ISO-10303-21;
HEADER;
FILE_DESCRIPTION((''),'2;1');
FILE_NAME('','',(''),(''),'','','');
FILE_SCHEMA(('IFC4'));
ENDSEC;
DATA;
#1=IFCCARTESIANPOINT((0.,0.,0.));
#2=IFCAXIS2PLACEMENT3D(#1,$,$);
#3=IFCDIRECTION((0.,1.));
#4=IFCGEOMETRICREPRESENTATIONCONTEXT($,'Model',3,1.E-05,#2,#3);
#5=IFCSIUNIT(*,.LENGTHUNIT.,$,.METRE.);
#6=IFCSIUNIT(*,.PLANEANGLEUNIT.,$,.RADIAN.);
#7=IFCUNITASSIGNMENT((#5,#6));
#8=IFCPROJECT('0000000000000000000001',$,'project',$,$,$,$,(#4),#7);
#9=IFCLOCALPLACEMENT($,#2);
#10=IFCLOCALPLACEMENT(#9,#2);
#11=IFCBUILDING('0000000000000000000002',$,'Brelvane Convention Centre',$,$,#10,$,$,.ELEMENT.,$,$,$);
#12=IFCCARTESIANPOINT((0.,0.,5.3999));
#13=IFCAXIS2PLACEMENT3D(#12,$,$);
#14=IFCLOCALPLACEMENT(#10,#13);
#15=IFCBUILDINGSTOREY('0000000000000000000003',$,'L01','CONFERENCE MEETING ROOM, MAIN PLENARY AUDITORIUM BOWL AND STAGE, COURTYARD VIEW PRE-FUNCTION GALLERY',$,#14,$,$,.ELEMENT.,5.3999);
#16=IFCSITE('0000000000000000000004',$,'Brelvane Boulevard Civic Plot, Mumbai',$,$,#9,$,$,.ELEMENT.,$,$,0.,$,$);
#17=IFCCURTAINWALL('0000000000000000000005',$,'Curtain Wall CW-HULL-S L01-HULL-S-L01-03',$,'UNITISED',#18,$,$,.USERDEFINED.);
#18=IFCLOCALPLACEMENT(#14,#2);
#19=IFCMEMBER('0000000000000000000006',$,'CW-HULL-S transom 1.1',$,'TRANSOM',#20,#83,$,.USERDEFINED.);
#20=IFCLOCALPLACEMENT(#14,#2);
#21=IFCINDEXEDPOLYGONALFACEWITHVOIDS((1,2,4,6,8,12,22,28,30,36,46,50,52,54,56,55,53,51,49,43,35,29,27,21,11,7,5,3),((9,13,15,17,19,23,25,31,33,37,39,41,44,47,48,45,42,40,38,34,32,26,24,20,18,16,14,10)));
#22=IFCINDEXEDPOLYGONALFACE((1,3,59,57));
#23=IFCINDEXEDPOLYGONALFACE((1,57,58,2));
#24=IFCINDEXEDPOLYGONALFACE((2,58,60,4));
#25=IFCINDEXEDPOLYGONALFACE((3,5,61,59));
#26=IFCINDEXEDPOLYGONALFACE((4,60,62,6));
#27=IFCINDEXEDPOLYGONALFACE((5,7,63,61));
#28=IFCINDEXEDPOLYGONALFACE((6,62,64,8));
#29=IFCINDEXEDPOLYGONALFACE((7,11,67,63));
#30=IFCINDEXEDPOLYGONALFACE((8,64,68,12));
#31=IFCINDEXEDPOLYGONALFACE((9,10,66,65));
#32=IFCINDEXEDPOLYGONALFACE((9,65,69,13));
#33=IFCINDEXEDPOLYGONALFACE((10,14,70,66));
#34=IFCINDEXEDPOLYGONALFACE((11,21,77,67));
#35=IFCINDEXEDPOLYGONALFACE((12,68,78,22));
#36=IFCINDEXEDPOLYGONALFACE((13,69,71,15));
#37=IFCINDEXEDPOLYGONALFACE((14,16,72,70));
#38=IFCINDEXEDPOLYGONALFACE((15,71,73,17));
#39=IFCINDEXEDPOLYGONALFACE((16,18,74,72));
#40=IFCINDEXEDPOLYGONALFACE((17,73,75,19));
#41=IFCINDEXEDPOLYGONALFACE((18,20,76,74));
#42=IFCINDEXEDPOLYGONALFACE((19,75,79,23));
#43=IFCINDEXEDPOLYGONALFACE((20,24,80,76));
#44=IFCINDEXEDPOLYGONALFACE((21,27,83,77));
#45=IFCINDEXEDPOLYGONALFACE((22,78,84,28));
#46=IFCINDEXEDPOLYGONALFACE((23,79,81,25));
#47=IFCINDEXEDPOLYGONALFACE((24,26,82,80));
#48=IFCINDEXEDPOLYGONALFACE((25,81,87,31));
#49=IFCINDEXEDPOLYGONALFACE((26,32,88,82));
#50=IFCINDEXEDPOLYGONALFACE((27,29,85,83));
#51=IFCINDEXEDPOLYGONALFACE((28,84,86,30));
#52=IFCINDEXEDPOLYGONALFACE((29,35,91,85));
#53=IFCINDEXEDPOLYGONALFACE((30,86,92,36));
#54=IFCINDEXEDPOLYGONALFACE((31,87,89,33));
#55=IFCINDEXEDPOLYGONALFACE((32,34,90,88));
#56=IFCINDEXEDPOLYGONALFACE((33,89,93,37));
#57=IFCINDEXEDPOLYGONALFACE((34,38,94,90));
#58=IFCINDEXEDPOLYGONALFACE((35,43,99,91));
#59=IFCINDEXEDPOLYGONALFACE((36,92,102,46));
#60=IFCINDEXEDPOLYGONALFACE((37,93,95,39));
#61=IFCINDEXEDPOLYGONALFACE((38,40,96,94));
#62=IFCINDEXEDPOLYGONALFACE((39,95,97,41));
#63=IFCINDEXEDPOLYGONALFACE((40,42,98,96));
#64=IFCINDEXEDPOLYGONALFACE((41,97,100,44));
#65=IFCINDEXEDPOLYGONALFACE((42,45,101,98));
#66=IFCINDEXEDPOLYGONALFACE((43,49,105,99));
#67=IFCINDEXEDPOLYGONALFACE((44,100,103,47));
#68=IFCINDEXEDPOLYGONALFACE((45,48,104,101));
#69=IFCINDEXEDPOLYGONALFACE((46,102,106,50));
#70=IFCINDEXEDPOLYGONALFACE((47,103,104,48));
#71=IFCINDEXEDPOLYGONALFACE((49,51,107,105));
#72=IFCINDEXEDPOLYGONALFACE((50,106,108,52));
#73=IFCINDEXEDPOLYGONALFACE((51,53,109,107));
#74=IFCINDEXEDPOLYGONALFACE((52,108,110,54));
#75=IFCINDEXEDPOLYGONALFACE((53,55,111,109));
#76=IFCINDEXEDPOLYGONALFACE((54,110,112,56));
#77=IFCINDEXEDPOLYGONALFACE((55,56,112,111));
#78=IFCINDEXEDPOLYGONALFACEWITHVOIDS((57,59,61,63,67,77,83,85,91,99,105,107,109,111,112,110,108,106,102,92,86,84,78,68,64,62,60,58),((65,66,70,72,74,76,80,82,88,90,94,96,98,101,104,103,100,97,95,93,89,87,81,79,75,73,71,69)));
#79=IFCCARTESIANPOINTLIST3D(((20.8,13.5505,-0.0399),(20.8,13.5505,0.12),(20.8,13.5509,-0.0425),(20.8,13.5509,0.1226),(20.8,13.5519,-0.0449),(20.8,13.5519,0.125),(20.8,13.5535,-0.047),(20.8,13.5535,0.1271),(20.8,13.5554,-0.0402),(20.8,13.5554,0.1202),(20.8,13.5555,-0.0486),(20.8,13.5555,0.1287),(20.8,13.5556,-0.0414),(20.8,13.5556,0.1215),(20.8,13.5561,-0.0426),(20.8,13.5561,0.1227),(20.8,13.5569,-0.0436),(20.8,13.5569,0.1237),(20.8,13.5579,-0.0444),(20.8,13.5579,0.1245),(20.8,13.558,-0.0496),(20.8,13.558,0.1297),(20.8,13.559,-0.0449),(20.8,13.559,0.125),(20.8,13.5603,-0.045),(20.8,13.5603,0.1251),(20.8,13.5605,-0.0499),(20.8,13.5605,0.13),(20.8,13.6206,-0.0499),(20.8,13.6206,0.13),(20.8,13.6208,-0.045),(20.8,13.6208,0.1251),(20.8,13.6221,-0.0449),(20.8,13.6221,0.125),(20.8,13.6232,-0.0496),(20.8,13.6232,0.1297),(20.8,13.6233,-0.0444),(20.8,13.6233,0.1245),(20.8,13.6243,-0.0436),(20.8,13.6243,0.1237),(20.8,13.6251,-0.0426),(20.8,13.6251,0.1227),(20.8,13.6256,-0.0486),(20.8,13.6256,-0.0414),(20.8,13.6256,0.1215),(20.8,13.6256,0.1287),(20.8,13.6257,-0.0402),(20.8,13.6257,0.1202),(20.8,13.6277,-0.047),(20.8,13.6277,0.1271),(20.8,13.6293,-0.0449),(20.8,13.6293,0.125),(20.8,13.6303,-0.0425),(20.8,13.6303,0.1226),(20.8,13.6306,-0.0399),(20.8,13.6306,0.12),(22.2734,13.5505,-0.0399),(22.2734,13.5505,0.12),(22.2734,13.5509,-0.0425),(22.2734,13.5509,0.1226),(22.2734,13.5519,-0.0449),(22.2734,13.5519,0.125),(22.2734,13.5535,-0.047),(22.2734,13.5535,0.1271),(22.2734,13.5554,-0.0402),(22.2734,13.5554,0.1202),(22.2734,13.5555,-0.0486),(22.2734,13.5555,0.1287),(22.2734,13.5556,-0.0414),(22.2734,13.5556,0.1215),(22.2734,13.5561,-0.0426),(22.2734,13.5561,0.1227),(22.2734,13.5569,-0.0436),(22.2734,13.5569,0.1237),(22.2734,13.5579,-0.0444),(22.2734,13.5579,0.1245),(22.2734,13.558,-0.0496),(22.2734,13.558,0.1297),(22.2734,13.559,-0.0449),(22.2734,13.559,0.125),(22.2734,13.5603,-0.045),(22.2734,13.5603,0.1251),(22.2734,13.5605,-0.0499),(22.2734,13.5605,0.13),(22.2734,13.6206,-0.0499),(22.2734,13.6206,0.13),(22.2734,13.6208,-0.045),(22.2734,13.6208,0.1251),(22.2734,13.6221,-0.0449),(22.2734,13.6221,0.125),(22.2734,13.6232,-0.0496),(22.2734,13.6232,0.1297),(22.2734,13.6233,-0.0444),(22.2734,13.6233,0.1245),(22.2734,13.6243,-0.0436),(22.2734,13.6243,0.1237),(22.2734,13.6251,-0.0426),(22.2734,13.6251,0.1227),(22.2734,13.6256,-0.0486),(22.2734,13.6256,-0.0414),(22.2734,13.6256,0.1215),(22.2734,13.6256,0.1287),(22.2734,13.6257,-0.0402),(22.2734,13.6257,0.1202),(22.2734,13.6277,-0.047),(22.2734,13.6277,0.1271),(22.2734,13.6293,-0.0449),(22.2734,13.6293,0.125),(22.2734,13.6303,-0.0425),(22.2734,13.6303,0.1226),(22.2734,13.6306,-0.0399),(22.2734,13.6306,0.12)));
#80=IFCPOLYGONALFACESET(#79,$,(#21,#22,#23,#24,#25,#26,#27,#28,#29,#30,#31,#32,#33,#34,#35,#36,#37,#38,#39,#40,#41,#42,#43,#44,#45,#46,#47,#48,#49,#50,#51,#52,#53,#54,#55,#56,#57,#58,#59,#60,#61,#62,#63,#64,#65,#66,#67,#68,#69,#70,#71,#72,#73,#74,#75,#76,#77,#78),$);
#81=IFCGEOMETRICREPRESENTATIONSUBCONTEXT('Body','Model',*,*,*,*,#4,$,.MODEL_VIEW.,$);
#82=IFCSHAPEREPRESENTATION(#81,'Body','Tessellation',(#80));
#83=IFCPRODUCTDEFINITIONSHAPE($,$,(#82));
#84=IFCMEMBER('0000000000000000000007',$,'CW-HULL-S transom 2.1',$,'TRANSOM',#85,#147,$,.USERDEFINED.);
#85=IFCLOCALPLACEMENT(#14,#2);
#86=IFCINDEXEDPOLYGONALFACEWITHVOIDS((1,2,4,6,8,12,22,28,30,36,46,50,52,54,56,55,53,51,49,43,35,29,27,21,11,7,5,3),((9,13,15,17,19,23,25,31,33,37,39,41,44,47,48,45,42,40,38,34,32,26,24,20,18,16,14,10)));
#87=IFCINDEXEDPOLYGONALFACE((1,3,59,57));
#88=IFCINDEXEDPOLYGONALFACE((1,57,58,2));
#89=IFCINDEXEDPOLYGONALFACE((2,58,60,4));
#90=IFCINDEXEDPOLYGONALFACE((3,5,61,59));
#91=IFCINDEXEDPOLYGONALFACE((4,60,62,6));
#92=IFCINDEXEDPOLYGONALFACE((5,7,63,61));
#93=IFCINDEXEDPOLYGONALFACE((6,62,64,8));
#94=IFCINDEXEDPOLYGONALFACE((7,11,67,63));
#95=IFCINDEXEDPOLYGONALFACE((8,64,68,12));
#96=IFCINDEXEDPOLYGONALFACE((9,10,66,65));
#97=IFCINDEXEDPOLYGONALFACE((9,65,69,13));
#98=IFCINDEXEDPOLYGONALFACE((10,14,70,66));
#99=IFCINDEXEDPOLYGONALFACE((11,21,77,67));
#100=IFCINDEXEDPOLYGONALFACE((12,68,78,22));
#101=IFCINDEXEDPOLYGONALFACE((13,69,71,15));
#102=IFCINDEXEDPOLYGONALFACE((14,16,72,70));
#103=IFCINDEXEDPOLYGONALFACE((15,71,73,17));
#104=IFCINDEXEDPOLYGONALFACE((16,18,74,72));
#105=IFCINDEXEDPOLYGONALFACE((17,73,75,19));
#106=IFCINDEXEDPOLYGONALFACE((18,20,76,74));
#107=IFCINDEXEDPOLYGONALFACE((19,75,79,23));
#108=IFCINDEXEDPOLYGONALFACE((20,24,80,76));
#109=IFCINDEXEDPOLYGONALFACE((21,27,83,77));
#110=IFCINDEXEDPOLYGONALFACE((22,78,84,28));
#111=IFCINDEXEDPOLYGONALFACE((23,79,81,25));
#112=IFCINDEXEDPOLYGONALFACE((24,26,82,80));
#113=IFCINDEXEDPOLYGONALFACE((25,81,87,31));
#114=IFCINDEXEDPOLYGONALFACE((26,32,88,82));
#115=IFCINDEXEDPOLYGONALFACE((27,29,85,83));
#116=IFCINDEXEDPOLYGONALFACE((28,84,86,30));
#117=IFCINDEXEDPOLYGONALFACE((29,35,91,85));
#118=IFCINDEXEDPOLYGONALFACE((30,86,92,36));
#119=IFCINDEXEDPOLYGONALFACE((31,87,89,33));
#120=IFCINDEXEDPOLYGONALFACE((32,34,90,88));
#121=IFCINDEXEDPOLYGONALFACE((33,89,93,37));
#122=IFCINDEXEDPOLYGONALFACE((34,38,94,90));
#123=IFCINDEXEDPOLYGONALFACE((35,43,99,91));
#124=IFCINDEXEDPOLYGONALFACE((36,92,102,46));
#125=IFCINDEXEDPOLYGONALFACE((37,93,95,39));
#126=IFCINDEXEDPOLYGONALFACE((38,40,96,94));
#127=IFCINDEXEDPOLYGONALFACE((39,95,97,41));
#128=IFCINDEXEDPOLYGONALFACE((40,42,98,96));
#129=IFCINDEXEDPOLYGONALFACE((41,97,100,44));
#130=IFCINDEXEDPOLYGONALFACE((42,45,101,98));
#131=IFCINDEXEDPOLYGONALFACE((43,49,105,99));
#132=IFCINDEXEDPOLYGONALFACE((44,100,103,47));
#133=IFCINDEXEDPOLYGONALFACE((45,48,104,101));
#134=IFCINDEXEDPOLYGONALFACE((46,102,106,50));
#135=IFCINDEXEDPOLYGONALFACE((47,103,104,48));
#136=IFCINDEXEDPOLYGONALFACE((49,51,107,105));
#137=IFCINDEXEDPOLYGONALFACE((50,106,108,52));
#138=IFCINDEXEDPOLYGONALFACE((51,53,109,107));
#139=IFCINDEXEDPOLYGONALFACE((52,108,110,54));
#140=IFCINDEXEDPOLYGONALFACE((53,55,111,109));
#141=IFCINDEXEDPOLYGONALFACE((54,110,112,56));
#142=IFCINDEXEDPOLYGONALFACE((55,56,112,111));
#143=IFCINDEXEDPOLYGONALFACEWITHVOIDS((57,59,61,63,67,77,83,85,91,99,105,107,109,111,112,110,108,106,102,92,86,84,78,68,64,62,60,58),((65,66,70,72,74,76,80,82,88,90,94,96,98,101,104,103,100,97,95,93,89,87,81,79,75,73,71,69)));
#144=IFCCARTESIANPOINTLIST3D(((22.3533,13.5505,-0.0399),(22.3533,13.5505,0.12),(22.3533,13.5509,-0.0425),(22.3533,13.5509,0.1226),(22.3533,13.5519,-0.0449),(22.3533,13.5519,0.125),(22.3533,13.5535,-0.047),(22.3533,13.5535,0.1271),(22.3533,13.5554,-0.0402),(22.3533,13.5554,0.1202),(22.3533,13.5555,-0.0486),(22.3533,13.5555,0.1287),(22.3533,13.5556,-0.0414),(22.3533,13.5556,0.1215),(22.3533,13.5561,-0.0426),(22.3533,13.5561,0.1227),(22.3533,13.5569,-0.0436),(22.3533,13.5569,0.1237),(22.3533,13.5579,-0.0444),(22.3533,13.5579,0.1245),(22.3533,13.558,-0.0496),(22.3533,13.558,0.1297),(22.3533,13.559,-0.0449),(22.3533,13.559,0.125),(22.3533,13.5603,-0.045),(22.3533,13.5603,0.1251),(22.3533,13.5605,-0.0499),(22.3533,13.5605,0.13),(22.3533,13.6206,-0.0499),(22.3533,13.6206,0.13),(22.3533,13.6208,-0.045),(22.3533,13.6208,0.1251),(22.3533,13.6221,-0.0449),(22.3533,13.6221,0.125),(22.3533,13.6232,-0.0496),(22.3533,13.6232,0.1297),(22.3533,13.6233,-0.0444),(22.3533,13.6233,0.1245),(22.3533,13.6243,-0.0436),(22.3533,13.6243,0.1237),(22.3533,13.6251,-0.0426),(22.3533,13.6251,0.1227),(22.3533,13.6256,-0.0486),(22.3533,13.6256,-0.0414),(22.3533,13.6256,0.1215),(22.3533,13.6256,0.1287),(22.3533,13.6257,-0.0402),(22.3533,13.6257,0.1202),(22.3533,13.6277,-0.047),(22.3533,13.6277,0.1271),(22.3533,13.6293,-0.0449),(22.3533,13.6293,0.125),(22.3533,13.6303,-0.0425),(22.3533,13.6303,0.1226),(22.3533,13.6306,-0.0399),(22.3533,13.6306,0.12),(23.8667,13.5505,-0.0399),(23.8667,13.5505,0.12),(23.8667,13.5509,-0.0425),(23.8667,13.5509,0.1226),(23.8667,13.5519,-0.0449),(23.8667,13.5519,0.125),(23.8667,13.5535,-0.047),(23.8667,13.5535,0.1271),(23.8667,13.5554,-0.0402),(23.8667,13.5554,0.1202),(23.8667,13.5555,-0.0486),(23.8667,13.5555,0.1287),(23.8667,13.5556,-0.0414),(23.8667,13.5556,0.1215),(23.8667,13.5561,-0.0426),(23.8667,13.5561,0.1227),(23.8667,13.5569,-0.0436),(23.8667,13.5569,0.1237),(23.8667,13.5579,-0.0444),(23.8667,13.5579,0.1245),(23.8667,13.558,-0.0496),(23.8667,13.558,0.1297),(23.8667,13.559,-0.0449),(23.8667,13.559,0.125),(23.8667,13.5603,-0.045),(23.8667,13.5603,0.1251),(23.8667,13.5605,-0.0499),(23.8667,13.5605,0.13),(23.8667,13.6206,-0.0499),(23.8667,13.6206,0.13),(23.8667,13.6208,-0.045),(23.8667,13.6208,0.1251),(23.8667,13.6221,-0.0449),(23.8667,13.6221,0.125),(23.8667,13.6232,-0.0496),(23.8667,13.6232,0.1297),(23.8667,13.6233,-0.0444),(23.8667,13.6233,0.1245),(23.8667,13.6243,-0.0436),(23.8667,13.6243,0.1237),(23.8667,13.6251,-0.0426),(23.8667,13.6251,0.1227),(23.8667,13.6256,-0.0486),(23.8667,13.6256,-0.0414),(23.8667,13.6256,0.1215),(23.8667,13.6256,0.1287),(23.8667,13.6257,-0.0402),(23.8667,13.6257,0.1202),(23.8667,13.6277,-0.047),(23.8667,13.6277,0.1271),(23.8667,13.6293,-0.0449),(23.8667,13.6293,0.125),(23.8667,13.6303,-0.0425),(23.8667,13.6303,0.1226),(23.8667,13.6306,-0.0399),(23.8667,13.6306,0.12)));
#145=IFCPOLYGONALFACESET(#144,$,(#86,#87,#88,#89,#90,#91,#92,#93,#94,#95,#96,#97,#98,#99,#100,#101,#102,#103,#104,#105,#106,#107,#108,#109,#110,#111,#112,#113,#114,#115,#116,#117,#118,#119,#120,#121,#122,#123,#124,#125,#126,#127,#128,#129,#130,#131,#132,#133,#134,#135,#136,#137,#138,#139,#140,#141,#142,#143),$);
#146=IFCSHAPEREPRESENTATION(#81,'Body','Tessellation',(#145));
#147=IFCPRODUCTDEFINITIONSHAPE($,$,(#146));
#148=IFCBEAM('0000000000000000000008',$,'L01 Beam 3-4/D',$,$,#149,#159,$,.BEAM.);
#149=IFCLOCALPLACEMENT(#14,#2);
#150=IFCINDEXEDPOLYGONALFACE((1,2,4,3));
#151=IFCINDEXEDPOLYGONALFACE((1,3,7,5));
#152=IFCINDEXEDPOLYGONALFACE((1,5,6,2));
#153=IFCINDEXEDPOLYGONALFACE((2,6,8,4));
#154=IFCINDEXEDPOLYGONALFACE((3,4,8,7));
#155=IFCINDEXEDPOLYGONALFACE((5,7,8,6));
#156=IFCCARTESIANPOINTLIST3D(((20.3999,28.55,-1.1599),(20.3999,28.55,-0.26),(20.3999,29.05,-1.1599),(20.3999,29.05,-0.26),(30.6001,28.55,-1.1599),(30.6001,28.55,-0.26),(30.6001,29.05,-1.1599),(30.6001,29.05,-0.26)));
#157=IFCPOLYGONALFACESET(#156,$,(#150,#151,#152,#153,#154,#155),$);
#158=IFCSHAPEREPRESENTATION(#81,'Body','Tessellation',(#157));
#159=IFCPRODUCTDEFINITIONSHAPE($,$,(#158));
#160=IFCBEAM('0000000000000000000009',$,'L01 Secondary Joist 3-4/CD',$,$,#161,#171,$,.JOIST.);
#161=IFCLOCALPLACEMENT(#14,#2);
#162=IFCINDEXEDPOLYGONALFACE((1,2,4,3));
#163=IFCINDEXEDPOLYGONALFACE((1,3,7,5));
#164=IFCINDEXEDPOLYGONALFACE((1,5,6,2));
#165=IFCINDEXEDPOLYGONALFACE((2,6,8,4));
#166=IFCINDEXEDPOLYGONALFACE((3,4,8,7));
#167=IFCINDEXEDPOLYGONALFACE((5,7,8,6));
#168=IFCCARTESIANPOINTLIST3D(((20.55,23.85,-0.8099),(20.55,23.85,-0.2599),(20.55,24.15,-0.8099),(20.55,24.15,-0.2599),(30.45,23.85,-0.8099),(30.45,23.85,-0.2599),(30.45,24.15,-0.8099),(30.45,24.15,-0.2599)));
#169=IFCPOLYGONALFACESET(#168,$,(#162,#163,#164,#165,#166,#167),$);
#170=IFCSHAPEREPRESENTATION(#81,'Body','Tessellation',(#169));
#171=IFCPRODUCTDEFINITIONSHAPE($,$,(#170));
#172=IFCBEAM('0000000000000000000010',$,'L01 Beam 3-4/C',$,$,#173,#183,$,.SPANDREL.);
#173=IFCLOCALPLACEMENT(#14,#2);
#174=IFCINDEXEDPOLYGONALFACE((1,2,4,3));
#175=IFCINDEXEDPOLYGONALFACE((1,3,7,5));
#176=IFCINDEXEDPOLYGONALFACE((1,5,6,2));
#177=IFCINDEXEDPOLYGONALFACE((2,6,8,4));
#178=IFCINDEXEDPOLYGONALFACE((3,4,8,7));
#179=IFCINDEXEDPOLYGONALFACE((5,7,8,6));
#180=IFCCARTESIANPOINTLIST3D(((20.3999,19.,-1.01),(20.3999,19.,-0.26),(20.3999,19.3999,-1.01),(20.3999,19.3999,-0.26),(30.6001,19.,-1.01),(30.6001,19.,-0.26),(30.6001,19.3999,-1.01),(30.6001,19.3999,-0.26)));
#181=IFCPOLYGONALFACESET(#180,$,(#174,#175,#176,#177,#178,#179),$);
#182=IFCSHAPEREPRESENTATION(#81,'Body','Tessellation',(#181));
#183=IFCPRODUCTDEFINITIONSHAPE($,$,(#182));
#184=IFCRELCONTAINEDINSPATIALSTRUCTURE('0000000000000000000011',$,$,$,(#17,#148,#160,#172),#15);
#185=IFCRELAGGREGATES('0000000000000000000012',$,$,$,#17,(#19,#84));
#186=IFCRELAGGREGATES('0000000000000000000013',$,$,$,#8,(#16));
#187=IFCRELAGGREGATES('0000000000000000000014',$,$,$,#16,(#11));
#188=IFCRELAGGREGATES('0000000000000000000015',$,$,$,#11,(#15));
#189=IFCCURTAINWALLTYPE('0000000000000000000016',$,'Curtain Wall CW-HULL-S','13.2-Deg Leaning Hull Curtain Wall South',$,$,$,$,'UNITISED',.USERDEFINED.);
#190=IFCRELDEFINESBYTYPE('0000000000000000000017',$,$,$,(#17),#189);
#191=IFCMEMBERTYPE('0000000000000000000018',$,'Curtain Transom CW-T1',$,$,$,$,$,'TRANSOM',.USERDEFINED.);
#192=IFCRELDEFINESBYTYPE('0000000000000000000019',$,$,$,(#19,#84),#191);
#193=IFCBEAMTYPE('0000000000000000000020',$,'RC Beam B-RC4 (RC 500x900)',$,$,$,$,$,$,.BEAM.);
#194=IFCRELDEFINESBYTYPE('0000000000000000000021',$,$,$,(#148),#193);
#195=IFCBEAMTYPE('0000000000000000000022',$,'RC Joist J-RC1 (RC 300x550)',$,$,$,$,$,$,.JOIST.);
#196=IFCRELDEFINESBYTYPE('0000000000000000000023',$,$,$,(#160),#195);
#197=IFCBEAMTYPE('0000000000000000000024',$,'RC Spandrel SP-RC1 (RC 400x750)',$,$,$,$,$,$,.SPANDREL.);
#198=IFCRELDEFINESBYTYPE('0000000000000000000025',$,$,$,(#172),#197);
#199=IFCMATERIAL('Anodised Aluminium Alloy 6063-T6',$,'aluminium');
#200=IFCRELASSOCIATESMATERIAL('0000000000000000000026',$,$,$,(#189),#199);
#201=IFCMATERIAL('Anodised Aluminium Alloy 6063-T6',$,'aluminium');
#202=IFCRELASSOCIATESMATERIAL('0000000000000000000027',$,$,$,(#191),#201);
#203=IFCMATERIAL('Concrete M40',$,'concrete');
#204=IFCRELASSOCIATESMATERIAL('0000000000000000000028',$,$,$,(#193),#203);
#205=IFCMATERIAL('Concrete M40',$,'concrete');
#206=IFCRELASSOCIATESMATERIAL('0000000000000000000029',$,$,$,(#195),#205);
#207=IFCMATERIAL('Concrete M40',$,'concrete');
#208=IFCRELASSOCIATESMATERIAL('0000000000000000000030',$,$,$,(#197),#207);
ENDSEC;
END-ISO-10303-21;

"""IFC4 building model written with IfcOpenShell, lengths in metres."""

from ifc_helpers import new_model, si_unit, direction, frame, origin, origin_2d, place, context, subcontext, project, spatial, rectangle, hollow_rectangle, extrude, material, material_profile, profile_set, type_object, element, aggregate, save


model = new_model("IFC4")

# Units and contexts
model_context = context("Model", 3, precision=1e-05, world=origin(), true_north=direction((0.0, 1.0)))
body_context = subcontext(model_context, "Body", "Model", "MODEL_VIEW")
ifc_project = project(units=[si_unit("LENGTHUNIT", "METRE"), si_unit("PLANEANGLEUNIT", "RADIAN")], contexts=[model_context])

# Site, building, storey
site_placement = place(None, origin())
site = spatial("IfcSite", under=ifc_project, at=site_placement, Name="Brelvane Boulevard Civic Plot, Mumbai", CompositionType="ELEMENT", RefElevation=0.0)
building_placement = place(site_placement, origin())
building = spatial("IfcBuilding", under=site, at=building_placement, Name="Brelvane Convention Centre", CompositionType="ELEMENT")
storey_placement = place(building_placement, frame((0.0, 0.0, 5.3999)))
storey = spatial("IfcBuildingStorey", under=building, at=storey_placement, Name="L01", Description="CONFERENCE MEETING ROOM, MAIN PLENARY AUDITORIUM BOWL AND STAGE, COURTYARD VIEW PRE-FUNCTION GALLERY", CompositionType="ELEMENT", Elevation=5.3999)

# Curtain wall
ifc_material_1 = material(Name="Anodised Aluminium Alloy 6063-T6", Category="aluminium")
curtain_wall_type = type_object("IfcCurtainWallType", Name="Curtain Wall CW-HULL-S", Description="13.2-Deg Leaning Hull Curtain Wall South", ElementType="UNITISED", PredefinedType="USERDEFINED", material=ifc_material_1)
curtain_wall_1_placement = place(storey_placement, origin())
curtain_wall_1 = element("IfcCurtainWall", 1, at=curtain_wall_1_placement, inside=storey, type_object=curtain_wall_type, Name="Curtain Wall CW-HULL-S L01-HULL-S-L01-03", ObjectType="UNITISED", PredefinedType="USERDEFINED")

# Members
ifc_material_2 = material(Name="Anodised Aluminium Alloy 6063-T6", Category="aluminium")
ifc_material_profile_1 = material_profile(ifc_material_2, hollow_rectangle(XDim=0.0801, YDim=0.1799, WallThickness=0.0049, InnerFilletRadius=0.0049, OuterFilletRadius=0.01, at=origin_2d()), Name="ALU-T 180x80x5.0")
ifc_profile_set_1 = profile_set([ifc_material_profile_1], Name="Anodised Aluminium Alloy 6063-T6")
member_type_1 = type_object("IfcMemberType", Name="Curtain Transom CW-T1", ElementType="TRANSOM", PredefinedType="USERDEFINED", material=ifc_profile_set_1)
member_1_placement = place(storey_placement, frame((20.8, 13.5906, 0.04), z_axis=(1.0, 0.0, 0.0), x_axis=(0.0, 1.0, 0.0)))
member_1 = element("IfcMember", 2, at=member_1_placement, type_object=member_type_1, Name="CW-HULL-S transom 1.1", ObjectType="TRANSOM", PredefinedType="USERDEFINED", context=body_context, shape_type="SweptSolid", body=[
    extrude(hollow_rectangle(XDim=0.0801, YDim=0.1799, WallThickness=0.0049, InnerFilletRadius=0.0049, OuterFilletRadius=0.01, at=origin_2d()), origin(), (0.0, 0.0, 1.0), 1.4734),
])
member_2_placement = place(storey_placement, frame((22.3533, 13.5906, 0.04), z_axis=(1.0, 0.0, 0.0), x_axis=(0.0, 1.0, 0.0)))
member_2 = element("IfcMember", 3, at=member_2_placement, type_object=member_type_1, Name="CW-HULL-S transom 2.1", ObjectType="TRANSOM", PredefinedType="USERDEFINED", context=body_context, shape_type="SweptSolid", body=[
    extrude(hollow_rectangle(XDim=0.0801, YDim=0.1799, WallThickness=0.0049, InnerFilletRadius=0.0049, OuterFilletRadius=0.01, at=origin_2d()), origin(), (0.0, 0.0, 1.0), 1.5134),
])

# Beams
ifc_material_3 = material(Name="Concrete M40", Category="concrete")
ifc_material_profile_2 = material_profile(ifc_material_3, rectangle(XDim=0.5, YDim=0.8999, at=origin_2d()), Name="RC 500x900")
ifc_profile_set_2 = profile_set([ifc_material_profile_2], Name="Concrete M40")
beam_type_1 = type_object("IfcBeamType", Name="RC Beam B-RC4 (RC 500x900)", PredefinedType="BEAM", material=ifc_profile_set_2)
beam_1_placement = place(storey_placement, frame((20.3999, 28.8, -0.71), z_axis=(1.0, 0.0, 0.0), x_axis=(0.0, 1.0, 0.0)))
element("IfcBeam", 4, at=beam_1_placement, inside=storey, type_object=beam_type_1, Name="L01 Beam 3-4/D", PredefinedType="BEAM", context=body_context, shape_type="SweptSolid", body=[
    extrude(rectangle(XDim=0.5, YDim=0.8999, at=origin_2d()), origin(), (0.0, 0.0, 1.0), 10.2002),
])
ifc_material_4 = material(Name="Concrete M40", Category="concrete")
ifc_material_profile_3 = material_profile(ifc_material_4, rectangle(XDim=0.3, YDim=0.55, at=origin_2d()), Name="RC 300x550")
ifc_profile_set_3 = profile_set([ifc_material_profile_3], Name="Concrete M40")
beam_type_2 = type_object("IfcBeamType", Name="RC Joist J-RC1 (RC 300x550)", PredefinedType="JOIST", material=ifc_profile_set_3)
beam_2_placement = place(storey_placement, frame((20.55, 24.0, -0.5349), z_axis=(1.0, 0.0, 0.0), x_axis=(0.0, 1.0, 0.0)))
element("IfcBeam", 5, at=beam_2_placement, inside=storey, type_object=beam_type_2, Name="L01 Secondary Joist 3-4/CD", PredefinedType="JOIST", context=body_context, shape_type="SweptSolid", body=[
    extrude(rectangle(XDim=0.3, YDim=0.55, at=origin_2d()), origin(), (0.0, 0.0, 1.0), 9.8999),
])
ifc_material_5 = material(Name="Concrete M40", Category="concrete")
ifc_material_profile_4 = material_profile(ifc_material_5, rectangle(XDim=0.3999, YDim=0.75, at=origin_2d()), Name="RC 400x750")
ifc_profile_set_4 = profile_set([ifc_material_profile_4], Name="Concrete M40")
beam_type_3 = type_object("IfcBeamType", Name="RC Spandrel SP-RC1 (RC 400x750)", PredefinedType="SPANDREL", material=ifc_profile_set_4)
beam_3_placement = place(storey_placement, frame((20.3999, 19.2, -0.635), z_axis=(1.0, 0.0, 0.0), x_axis=(0.0, 1.0, 0.0)))
element("IfcBeam", 6, at=beam_3_placement, inside=storey, type_object=beam_type_3, Name="L01 Beam 3-4/C", PredefinedType="SPANDREL", context=body_context, shape_type="SweptSolid", body=[
    extrude(rectangle(XDim=0.3999, YDim=0.75, at=origin_2d()), origin(), (0.0, 0.0, 1.0), 10.2002),
])

aggregate(curtain_wall_1, [member_1, member_2])

save(model, "model.ifc")
